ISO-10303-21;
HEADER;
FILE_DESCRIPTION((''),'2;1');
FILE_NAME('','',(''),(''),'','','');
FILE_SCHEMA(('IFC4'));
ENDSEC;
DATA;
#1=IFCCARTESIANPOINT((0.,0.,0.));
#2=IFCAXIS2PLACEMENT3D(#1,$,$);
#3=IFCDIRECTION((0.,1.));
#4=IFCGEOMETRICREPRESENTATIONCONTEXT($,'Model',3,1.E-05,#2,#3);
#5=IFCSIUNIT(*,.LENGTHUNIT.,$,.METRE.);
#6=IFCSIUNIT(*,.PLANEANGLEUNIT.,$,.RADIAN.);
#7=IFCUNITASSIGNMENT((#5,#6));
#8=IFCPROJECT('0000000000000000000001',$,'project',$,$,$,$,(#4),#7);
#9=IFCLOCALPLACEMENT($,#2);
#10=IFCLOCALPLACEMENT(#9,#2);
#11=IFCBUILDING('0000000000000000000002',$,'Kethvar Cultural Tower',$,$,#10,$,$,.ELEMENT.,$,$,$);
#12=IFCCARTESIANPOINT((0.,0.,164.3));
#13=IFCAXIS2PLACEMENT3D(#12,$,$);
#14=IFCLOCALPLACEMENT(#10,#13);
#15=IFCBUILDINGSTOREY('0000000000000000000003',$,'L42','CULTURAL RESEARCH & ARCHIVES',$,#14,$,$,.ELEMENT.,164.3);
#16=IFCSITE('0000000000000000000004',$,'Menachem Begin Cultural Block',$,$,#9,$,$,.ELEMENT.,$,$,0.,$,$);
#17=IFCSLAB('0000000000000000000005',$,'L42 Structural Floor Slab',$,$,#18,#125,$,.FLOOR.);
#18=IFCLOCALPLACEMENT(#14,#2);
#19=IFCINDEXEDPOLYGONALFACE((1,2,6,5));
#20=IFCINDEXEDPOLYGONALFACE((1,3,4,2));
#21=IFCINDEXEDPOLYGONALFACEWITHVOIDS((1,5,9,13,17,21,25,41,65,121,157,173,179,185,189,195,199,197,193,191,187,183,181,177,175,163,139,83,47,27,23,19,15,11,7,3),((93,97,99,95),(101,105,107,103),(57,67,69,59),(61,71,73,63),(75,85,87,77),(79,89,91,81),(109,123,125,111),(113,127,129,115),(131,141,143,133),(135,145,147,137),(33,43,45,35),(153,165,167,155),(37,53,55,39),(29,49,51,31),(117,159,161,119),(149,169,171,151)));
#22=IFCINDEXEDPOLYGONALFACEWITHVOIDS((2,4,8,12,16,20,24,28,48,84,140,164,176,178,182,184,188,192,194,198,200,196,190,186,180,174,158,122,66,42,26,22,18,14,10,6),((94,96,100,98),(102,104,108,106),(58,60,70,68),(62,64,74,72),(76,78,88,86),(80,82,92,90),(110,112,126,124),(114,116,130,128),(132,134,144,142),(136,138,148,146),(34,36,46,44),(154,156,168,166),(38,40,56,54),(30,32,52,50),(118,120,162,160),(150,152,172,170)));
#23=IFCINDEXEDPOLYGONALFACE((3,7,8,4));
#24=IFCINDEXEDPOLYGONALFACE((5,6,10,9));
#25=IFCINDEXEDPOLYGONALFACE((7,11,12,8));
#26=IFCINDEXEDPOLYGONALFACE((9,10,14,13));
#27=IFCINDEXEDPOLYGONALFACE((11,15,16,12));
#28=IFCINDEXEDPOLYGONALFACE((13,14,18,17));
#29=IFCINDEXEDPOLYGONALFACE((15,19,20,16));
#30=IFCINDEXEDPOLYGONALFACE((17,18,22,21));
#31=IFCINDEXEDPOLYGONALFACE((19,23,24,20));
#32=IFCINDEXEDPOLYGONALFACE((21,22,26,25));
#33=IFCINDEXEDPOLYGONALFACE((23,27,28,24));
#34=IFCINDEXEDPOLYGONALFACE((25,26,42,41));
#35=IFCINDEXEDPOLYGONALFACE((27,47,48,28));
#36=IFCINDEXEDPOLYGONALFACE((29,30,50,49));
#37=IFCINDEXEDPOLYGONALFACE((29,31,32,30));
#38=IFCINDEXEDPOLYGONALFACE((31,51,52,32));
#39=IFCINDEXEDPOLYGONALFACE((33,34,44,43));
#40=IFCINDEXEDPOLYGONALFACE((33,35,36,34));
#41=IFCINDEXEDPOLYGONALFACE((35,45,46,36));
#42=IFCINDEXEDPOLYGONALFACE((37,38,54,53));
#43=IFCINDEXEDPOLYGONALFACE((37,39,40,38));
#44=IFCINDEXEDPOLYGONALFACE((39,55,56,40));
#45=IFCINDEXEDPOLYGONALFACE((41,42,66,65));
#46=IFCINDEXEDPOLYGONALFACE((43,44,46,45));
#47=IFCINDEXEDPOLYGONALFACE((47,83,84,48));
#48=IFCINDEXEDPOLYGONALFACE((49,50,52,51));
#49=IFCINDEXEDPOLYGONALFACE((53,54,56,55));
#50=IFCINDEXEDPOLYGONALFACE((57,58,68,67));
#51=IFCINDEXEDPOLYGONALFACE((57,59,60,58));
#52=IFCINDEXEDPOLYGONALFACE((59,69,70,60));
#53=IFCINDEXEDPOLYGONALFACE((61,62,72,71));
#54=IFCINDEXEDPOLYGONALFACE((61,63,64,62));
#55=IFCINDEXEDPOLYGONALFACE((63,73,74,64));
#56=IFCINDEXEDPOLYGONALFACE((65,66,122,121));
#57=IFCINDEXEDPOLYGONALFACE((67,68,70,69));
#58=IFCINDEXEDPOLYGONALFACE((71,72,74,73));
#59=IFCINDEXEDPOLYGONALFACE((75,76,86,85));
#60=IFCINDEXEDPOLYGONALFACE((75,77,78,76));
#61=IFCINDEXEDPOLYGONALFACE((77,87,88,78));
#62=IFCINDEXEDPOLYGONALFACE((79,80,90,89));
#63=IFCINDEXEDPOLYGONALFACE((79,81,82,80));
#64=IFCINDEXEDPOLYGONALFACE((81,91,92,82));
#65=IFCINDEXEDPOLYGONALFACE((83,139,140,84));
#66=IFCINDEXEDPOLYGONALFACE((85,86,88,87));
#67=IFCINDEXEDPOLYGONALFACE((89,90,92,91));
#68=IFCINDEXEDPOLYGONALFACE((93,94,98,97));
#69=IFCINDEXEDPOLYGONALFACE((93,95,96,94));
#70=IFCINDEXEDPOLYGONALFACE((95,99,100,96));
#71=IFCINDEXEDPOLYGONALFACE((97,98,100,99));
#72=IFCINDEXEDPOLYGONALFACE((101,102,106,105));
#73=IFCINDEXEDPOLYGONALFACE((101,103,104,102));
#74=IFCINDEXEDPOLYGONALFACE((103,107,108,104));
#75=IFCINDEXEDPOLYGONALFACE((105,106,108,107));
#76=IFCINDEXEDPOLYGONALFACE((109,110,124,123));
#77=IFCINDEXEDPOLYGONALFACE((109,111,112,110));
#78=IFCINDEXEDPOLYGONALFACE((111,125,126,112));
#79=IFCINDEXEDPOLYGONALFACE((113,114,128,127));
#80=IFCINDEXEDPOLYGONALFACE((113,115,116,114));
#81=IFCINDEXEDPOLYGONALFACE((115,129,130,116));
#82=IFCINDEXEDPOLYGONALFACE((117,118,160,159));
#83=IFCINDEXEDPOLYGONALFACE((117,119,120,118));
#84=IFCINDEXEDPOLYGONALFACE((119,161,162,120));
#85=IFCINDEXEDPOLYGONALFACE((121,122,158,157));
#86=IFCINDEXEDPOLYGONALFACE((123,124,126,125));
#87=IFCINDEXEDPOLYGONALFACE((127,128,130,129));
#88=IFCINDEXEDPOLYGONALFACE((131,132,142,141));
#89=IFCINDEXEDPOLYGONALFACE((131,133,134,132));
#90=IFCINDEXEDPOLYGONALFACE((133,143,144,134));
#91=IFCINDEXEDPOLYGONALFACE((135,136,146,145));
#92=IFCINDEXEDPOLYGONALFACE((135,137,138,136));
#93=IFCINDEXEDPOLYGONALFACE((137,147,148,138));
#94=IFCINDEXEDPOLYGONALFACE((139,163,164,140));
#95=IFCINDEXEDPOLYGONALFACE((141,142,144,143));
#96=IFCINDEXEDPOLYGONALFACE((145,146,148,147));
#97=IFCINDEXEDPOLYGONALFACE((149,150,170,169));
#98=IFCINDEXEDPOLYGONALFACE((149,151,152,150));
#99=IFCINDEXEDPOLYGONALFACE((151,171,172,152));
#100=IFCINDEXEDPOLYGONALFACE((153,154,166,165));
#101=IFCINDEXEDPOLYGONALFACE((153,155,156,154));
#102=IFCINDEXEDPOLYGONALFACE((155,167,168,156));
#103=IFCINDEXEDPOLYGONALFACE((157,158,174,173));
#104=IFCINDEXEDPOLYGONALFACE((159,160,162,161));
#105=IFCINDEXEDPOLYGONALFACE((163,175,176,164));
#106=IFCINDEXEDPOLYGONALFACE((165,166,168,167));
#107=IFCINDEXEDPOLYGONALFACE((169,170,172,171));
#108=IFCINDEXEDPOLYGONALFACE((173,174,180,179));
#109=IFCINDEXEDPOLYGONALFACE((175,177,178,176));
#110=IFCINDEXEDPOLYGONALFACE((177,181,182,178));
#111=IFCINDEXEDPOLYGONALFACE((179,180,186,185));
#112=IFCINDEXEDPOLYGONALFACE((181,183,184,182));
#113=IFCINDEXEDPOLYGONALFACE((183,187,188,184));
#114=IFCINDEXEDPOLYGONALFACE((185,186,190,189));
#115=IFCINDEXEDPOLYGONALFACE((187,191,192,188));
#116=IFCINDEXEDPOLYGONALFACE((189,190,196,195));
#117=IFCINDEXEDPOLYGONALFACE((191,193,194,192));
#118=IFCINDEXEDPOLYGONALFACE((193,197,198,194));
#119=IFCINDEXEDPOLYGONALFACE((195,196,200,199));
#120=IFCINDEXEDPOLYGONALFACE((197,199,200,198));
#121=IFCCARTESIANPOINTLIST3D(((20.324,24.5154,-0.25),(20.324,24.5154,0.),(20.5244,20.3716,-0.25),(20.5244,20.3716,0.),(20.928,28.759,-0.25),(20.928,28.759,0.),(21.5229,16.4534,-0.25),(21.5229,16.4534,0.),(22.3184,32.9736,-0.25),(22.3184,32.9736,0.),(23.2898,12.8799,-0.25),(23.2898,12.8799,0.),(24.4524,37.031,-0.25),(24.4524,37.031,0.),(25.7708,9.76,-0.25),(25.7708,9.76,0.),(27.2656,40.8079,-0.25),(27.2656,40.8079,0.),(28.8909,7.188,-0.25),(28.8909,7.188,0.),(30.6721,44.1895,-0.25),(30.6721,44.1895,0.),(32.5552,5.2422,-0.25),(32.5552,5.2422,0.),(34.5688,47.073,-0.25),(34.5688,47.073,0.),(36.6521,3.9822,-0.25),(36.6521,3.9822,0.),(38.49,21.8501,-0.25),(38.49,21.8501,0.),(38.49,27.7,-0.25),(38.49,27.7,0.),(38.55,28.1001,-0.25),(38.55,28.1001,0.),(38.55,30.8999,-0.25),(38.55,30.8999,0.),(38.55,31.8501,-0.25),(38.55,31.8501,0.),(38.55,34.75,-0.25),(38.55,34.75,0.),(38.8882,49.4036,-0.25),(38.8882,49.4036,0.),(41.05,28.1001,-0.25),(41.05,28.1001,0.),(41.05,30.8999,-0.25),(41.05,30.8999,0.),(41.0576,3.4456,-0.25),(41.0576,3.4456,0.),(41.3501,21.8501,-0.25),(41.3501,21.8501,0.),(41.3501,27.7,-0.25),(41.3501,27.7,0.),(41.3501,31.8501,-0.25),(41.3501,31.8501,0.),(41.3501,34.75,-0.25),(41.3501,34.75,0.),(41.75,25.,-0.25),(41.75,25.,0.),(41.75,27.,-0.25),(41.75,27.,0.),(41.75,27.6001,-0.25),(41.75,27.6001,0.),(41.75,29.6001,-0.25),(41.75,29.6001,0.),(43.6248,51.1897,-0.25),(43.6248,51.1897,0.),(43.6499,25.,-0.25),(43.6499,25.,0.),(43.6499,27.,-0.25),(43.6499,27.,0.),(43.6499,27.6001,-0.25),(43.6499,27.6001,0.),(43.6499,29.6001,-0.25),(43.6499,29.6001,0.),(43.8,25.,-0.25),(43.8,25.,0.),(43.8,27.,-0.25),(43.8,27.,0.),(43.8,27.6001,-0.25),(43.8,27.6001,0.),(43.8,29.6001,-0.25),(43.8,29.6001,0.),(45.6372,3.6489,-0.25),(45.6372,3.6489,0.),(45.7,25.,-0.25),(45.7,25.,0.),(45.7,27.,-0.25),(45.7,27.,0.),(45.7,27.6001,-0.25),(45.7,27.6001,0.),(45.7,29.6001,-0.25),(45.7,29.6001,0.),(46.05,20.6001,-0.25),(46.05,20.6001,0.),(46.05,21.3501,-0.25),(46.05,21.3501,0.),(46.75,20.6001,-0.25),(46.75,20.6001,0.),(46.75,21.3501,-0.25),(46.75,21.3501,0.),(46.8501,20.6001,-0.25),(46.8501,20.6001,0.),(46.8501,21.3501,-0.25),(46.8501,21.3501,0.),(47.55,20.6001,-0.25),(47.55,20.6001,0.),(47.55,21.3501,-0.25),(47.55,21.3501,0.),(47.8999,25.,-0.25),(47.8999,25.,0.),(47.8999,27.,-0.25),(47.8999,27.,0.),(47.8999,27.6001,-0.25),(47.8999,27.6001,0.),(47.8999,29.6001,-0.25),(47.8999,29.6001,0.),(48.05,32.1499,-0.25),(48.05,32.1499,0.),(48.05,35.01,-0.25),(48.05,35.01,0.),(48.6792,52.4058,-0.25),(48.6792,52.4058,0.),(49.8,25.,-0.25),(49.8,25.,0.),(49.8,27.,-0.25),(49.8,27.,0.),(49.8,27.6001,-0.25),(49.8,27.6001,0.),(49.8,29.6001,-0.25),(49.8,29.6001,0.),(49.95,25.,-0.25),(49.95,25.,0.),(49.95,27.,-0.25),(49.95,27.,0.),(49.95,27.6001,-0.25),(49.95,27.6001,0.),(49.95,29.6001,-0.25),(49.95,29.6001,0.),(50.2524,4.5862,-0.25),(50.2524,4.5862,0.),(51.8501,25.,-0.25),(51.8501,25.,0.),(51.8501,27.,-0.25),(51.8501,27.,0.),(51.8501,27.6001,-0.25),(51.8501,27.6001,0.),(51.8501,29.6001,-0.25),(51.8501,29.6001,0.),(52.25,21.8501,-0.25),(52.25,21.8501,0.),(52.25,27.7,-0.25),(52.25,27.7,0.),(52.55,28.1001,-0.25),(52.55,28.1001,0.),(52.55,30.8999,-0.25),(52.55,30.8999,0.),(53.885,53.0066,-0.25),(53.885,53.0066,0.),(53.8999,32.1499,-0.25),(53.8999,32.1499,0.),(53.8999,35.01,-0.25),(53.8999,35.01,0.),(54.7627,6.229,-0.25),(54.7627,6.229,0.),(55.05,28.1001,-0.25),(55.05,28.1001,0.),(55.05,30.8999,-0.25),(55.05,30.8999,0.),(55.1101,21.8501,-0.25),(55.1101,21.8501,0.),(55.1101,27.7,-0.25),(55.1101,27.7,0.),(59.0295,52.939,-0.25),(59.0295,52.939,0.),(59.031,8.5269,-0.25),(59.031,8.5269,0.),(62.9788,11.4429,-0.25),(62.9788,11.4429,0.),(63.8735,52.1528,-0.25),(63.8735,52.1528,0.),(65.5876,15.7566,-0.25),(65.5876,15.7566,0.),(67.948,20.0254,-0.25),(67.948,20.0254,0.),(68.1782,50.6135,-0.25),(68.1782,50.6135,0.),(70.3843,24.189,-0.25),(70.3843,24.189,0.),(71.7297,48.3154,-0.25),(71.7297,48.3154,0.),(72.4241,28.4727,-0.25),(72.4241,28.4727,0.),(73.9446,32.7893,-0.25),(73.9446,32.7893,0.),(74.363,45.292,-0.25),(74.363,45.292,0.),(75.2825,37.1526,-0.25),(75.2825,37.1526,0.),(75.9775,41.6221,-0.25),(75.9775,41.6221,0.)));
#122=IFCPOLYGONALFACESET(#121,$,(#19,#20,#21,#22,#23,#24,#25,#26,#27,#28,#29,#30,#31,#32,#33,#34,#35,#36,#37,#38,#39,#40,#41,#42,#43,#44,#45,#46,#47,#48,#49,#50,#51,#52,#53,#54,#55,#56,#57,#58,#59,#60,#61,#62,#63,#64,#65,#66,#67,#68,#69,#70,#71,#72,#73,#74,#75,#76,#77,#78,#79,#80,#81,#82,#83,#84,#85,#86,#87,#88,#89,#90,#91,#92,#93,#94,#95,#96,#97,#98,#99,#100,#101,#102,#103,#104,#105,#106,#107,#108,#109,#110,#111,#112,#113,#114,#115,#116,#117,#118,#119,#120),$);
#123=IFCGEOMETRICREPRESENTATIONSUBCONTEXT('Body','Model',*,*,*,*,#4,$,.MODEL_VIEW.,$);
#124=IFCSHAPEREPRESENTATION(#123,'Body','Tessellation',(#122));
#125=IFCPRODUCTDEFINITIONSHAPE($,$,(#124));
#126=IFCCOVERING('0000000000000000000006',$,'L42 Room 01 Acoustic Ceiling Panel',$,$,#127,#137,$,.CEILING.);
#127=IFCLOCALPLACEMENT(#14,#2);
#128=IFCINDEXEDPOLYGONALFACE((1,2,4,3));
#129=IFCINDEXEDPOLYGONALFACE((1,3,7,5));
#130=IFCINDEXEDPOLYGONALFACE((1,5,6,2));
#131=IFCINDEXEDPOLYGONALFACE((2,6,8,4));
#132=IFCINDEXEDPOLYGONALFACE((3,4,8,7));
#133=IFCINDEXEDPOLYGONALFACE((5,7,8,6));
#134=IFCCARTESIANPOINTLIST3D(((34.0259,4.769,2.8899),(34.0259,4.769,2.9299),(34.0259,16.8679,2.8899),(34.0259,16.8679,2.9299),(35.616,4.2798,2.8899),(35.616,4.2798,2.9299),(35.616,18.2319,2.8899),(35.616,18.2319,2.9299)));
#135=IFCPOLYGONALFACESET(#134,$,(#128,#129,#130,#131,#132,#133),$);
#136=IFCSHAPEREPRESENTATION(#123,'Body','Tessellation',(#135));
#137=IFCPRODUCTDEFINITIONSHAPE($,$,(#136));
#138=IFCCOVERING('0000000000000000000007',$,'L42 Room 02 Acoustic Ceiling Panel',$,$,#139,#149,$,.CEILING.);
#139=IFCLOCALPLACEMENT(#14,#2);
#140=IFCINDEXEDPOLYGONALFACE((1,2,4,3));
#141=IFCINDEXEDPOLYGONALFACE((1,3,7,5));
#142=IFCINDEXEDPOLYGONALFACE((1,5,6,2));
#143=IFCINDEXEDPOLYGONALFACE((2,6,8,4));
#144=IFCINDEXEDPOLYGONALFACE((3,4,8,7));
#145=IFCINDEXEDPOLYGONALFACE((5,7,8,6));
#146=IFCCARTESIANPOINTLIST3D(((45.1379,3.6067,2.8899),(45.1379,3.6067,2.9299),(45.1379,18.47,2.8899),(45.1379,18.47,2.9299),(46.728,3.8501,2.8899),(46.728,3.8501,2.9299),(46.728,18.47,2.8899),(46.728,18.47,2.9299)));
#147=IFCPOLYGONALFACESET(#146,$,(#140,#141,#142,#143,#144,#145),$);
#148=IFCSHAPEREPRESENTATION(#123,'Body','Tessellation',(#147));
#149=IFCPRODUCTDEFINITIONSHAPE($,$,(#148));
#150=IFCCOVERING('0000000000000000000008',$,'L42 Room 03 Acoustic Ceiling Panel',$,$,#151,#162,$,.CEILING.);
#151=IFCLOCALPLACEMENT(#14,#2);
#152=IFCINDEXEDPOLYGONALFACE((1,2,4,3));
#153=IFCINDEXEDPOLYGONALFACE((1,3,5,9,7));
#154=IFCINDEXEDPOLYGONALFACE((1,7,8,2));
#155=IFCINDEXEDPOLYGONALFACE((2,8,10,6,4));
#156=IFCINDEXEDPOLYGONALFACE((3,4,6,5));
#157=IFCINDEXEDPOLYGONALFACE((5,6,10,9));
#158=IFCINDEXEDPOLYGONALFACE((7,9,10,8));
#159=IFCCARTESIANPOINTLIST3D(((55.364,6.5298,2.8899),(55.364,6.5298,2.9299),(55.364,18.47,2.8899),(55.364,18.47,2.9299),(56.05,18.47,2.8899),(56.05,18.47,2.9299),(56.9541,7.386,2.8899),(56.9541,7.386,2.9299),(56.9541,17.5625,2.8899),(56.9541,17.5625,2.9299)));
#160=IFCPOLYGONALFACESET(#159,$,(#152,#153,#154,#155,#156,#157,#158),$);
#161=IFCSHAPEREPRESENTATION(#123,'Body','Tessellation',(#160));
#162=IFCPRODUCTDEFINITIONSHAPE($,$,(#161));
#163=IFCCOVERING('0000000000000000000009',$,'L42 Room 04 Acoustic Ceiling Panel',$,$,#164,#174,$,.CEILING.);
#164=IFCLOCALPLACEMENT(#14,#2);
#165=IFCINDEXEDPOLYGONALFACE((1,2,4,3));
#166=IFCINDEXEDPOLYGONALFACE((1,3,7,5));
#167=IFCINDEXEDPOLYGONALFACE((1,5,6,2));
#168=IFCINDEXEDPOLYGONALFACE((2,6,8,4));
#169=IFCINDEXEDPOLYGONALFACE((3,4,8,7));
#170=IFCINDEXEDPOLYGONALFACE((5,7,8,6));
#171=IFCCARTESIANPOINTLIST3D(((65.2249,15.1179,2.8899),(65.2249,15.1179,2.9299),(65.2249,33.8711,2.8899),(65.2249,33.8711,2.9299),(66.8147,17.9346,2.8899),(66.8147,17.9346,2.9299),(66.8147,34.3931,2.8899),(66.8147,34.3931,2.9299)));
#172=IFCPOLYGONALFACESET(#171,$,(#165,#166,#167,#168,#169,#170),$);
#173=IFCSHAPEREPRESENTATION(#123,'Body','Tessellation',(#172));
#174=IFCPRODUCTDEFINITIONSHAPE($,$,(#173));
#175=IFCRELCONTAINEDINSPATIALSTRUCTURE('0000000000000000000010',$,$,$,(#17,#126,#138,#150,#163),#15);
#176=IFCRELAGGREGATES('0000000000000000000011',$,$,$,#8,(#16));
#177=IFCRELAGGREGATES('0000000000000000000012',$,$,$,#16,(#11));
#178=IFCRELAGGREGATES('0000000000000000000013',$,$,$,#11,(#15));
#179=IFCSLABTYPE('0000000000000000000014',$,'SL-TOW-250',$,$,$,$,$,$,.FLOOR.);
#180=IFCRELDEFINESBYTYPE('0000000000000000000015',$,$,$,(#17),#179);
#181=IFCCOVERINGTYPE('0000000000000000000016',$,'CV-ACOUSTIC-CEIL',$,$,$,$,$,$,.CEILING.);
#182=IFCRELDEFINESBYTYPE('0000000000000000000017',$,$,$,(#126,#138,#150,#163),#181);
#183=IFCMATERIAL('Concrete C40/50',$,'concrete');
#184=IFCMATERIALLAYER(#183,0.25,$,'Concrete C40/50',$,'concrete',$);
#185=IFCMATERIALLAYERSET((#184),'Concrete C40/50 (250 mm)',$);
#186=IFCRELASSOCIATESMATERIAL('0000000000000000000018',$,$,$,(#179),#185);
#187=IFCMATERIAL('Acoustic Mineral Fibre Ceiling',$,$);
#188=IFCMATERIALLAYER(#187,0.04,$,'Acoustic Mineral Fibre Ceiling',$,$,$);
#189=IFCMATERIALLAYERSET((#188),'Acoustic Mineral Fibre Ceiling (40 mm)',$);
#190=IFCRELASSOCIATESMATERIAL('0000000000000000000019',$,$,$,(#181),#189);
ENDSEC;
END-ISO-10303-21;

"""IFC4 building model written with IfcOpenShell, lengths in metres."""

from ifc_helpers import new_model, si_unit, direction, frame, origin, place, context, subcontext, project, spatial, polyline, outline, extrude, material, layer, layer_set, type_object, element, save


model = new_model("IFC4")

# Units and contexts
model_context = context("Model", 3, precision=1e-05, world=origin(), true_north=direction((0.0, 1.0)))
body_context = subcontext(model_context, "Body", "Model", "MODEL_VIEW")
ifc_project = project(units=[si_unit("LENGTHUNIT", "METRE"), si_unit("PLANEANGLEUNIT", "RADIAN")], contexts=[model_context])

# Site, building, storey
site_placement = place(None, origin())
site = spatial("IfcSite", under=ifc_project, at=site_placement, Name="Menachem Begin Cultural Block", CompositionType="ELEMENT", RefElevation=0.0)
building_placement = place(site_placement, origin())
building = spatial("IfcBuilding", under=site, at=building_placement, Name="Kethvar Cultural Tower", CompositionType="ELEMENT")
storey_placement = place(building_placement, frame((0.0, 0.0, 164.3)))
storey = spatial("IfcBuildingStorey", under=building, at=storey_placement, Name="L42", Description="CULTURAL RESEARCH & ARCHIVES", CompositionType="ELEMENT", Elevation=164.3)

# Shared definitions
ifc_material_1 = material(Name="Concrete C40/50", Category="concrete")

# Slab
ifc_layer_1 = layer(ifc_material_1, 0.25, Name="Concrete C40/50", Category="concrete")
ifc_layer_set_1 = layer_set([ifc_layer_1], Name="Concrete C40/50 (250 mm)")
slab_type_1 = type_object("IfcSlabType", Name="SL-TOW-250", PredefinedType="FLOOR", material=ifc_layer_set_1)
slab_1_placement = place(storey_placement, frame((0.0, 0.0, -0.25)))
element("IfcSlab", 1, at=slab_1_placement, inside=storey, type_object=slab_type_1, Name="L42 Structural Floor Slab", PredefinedType="FLOOR", context=body_context, shape_type="SweptSolid", body=[
    extrude(outline(polyline([(74.363, 45.292), (71.7297, 48.3154), (68.1782, 50.6135), (63.8735, 52.1528), (59.0295, 52.939), (53.885, 53.0066), (48.6792, 52.4058), (43.6248, 51.1897), (38.8882, 49.4036), (34.5688, 47.073), (30.6721, 44.1895), (27.2656, 40.8079), (24.4524, 37.031), (22.3184, 32.9736), (20.928, 28.759), (20.324, 24.5154), (20.5244, 20.3716), (21.5229, 16.4534), (23.2898, 12.8799), (25.7708, 9.76), (28.8909, 7.188), (32.5552, 5.2422), (36.6521, 3.9822), (41.0576, 3.4456), (45.6372, 3.6489), (50.2524, 4.5862), (54.7627, 6.229), (59.031, 8.5269), (62.9788, 11.4429), (65.5876, 15.7566), (67.948, 20.0254), (70.3843, 24.189), (72.4241, 28.4727), (73.9446, 32.7893), (75.2825, 37.1526), (75.9775, 41.6221), (74.363, 45.292)]), holes=[polyline([(38.49, 21.8501), (38.49, 27.7), (41.3501, 27.7), (41.3501, 21.8501), (38.49, 21.8501)]), polyline([(52.25, 21.8501), (52.25, 27.7), (55.1101, 27.7), (55.1101, 21.8501), (52.25, 21.8501)]), polyline([(53.8999, 32.1499), (48.05, 32.1499), (48.05, 35.01), (53.8999, 35.01), (53.8999, 32.1499)]), polyline([(41.75, 27.0), (43.6499, 27.0), (43.6499, 25.0), (41.75, 25.0), (41.75, 27.0)]), polyline([(43.8, 27.0), (45.7, 27.0), (45.7, 25.0), (43.8, 25.0), (43.8, 27.0)]), polyline([(47.8999, 27.0), (49.8, 27.0), (49.8, 25.0), (47.8999, 25.0), (47.8999, 27.0)]), polyline([(49.95, 27.0), (51.8501, 27.0), (51.8501, 25.0), (49.95, 25.0), (49.95, 27.0)]), polyline([(41.75, 29.6001), (43.6499, 29.6001), (43.6499, 27.6001), (41.75, 27.6001), (41.75, 29.6001)]), polyline([(43.8, 29.6001), (45.7, 29.6001), (45.7, 27.6001), (43.8, 27.6001), (43.8, 29.6001)]), polyline([(47.8999, 29.6001), (49.8, 29.6001), (49.8, 27.6001), (47.8999, 27.6001), (47.8999, 29.6001)]), polyline([(49.95, 29.6001), (51.8501, 29.6001), (51.8501, 27.6001), (49.95, 27.6001), (49.95, 29.6001)]), polyline([(38.55, 30.8999), (41.05, 30.8999), (41.05, 28.1001), (38.55, 28.1001), (38.55, 30.8999)]), polyline([(52.55, 30.8999), (55.05, 30.8999), (55.05, 28.1001), (52.55, 28.1001), (52.55, 30.8999)]), polyline([(38.55, 34.75), (41.3501, 34.75), (41.3501, 31.8501), (38.55, 31.8501), (38.55, 34.75)]), polyline([(46.05, 21.3501), (46.75, 21.3501), (46.75, 20.6001), (46.05, 20.6001), (46.05, 21.3501)]), polyline([(46.8501, 21.3501), (47.55, 21.3501), (47.55, 20.6001), (46.8501, 20.6001), (46.8501, 21.3501)])]), origin(), (0.0, 0.0, 1.0), 0.25),
])

# Coverings
ifc_material_2 = material(Name="Acoustic Mineral Fibre Ceiling")
ifc_layer_2 = layer(ifc_material_2, 0.04, Name="Acoustic Mineral Fibre Ceiling")
ifc_layer_set_2 = layer_set([ifc_layer_2], Name="Acoustic Mineral Fibre Ceiling (40 mm)")
covering_type_1 = type_object("IfcCoveringType", Name="CV-ACOUSTIC-CEIL", PredefinedType="CEILING", material=ifc_layer_set_2)
covering_1_placement = place(storey_placement, frame((0.0, 0.0, 2.8899)))
element("IfcCovering", 2, at=covering_1_placement, inside=storey, type_object=covering_type_1, Name="L42 Room 01 Acoustic Ceiling Panel", PredefinedType="CEILING", context=body_context, shape_type="SweptSolid", body=[
    extrude(outline(polyline([(34.0259, 4.769), (34.0259, 16.8679), (35.616, 18.2319), (35.616, 4.2798), (34.0259, 4.769)])), origin(), (0.0, 0.0, 1.0), 0.04),
])
covering_2_placement = place(storey_placement, frame((0.0, 0.0, 2.8899)))
element("IfcCovering", 3, at=covering_2_placement, inside=storey, type_object=covering_type_1, Name="L42 Room 02 Acoustic Ceiling Panel", PredefinedType="CEILING", context=body_context, shape_type="SweptSolid", body=[
    extrude(outline(polyline([(46.728, 3.8501), (45.1379, 3.6067), (45.1379, 18.47), (46.728, 18.47), (46.728, 3.8501)])), origin(), (0.0, 0.0, 1.0), 0.04),
])
covering_3_placement = place(storey_placement, frame((0.0, 0.0, 2.8899)))
element("IfcCovering", 4, at=covering_3_placement, inside=storey, type_object=covering_type_1, Name="L42 Room 03 Acoustic Ceiling Panel", PredefinedType="CEILING", context=body_context, shape_type="SweptSolid", body=[
    extrude(outline(polyline([(55.364, 6.5298), (55.364, 18.47), (56.05, 18.47), (56.9541, 17.5625), (56.9541, 7.386), (55.364, 6.5298)])), origin(), (0.0, 0.0, 1.0), 0.04),
])
covering_4_placement = place(storey_placement, frame((0.0, 0.0, 2.8899)))
element("IfcCovering", 5, at=covering_4_placement, inside=storey, type_object=covering_type_1, Name="L42 Room 04 Acoustic Ceiling Panel", PredefinedType="CEILING", context=body_context, shape_type="SweptSolid", body=[
    extrude(outline(polyline([(66.8147, 17.9346), (65.2249, 15.1179), (65.2249, 33.8711), (66.8147, 34.3931), (66.8147, 17.9346)])), origin(), (0.0, 0.0, 1.0), 0.04),
])

save(model, "model.ifc")
